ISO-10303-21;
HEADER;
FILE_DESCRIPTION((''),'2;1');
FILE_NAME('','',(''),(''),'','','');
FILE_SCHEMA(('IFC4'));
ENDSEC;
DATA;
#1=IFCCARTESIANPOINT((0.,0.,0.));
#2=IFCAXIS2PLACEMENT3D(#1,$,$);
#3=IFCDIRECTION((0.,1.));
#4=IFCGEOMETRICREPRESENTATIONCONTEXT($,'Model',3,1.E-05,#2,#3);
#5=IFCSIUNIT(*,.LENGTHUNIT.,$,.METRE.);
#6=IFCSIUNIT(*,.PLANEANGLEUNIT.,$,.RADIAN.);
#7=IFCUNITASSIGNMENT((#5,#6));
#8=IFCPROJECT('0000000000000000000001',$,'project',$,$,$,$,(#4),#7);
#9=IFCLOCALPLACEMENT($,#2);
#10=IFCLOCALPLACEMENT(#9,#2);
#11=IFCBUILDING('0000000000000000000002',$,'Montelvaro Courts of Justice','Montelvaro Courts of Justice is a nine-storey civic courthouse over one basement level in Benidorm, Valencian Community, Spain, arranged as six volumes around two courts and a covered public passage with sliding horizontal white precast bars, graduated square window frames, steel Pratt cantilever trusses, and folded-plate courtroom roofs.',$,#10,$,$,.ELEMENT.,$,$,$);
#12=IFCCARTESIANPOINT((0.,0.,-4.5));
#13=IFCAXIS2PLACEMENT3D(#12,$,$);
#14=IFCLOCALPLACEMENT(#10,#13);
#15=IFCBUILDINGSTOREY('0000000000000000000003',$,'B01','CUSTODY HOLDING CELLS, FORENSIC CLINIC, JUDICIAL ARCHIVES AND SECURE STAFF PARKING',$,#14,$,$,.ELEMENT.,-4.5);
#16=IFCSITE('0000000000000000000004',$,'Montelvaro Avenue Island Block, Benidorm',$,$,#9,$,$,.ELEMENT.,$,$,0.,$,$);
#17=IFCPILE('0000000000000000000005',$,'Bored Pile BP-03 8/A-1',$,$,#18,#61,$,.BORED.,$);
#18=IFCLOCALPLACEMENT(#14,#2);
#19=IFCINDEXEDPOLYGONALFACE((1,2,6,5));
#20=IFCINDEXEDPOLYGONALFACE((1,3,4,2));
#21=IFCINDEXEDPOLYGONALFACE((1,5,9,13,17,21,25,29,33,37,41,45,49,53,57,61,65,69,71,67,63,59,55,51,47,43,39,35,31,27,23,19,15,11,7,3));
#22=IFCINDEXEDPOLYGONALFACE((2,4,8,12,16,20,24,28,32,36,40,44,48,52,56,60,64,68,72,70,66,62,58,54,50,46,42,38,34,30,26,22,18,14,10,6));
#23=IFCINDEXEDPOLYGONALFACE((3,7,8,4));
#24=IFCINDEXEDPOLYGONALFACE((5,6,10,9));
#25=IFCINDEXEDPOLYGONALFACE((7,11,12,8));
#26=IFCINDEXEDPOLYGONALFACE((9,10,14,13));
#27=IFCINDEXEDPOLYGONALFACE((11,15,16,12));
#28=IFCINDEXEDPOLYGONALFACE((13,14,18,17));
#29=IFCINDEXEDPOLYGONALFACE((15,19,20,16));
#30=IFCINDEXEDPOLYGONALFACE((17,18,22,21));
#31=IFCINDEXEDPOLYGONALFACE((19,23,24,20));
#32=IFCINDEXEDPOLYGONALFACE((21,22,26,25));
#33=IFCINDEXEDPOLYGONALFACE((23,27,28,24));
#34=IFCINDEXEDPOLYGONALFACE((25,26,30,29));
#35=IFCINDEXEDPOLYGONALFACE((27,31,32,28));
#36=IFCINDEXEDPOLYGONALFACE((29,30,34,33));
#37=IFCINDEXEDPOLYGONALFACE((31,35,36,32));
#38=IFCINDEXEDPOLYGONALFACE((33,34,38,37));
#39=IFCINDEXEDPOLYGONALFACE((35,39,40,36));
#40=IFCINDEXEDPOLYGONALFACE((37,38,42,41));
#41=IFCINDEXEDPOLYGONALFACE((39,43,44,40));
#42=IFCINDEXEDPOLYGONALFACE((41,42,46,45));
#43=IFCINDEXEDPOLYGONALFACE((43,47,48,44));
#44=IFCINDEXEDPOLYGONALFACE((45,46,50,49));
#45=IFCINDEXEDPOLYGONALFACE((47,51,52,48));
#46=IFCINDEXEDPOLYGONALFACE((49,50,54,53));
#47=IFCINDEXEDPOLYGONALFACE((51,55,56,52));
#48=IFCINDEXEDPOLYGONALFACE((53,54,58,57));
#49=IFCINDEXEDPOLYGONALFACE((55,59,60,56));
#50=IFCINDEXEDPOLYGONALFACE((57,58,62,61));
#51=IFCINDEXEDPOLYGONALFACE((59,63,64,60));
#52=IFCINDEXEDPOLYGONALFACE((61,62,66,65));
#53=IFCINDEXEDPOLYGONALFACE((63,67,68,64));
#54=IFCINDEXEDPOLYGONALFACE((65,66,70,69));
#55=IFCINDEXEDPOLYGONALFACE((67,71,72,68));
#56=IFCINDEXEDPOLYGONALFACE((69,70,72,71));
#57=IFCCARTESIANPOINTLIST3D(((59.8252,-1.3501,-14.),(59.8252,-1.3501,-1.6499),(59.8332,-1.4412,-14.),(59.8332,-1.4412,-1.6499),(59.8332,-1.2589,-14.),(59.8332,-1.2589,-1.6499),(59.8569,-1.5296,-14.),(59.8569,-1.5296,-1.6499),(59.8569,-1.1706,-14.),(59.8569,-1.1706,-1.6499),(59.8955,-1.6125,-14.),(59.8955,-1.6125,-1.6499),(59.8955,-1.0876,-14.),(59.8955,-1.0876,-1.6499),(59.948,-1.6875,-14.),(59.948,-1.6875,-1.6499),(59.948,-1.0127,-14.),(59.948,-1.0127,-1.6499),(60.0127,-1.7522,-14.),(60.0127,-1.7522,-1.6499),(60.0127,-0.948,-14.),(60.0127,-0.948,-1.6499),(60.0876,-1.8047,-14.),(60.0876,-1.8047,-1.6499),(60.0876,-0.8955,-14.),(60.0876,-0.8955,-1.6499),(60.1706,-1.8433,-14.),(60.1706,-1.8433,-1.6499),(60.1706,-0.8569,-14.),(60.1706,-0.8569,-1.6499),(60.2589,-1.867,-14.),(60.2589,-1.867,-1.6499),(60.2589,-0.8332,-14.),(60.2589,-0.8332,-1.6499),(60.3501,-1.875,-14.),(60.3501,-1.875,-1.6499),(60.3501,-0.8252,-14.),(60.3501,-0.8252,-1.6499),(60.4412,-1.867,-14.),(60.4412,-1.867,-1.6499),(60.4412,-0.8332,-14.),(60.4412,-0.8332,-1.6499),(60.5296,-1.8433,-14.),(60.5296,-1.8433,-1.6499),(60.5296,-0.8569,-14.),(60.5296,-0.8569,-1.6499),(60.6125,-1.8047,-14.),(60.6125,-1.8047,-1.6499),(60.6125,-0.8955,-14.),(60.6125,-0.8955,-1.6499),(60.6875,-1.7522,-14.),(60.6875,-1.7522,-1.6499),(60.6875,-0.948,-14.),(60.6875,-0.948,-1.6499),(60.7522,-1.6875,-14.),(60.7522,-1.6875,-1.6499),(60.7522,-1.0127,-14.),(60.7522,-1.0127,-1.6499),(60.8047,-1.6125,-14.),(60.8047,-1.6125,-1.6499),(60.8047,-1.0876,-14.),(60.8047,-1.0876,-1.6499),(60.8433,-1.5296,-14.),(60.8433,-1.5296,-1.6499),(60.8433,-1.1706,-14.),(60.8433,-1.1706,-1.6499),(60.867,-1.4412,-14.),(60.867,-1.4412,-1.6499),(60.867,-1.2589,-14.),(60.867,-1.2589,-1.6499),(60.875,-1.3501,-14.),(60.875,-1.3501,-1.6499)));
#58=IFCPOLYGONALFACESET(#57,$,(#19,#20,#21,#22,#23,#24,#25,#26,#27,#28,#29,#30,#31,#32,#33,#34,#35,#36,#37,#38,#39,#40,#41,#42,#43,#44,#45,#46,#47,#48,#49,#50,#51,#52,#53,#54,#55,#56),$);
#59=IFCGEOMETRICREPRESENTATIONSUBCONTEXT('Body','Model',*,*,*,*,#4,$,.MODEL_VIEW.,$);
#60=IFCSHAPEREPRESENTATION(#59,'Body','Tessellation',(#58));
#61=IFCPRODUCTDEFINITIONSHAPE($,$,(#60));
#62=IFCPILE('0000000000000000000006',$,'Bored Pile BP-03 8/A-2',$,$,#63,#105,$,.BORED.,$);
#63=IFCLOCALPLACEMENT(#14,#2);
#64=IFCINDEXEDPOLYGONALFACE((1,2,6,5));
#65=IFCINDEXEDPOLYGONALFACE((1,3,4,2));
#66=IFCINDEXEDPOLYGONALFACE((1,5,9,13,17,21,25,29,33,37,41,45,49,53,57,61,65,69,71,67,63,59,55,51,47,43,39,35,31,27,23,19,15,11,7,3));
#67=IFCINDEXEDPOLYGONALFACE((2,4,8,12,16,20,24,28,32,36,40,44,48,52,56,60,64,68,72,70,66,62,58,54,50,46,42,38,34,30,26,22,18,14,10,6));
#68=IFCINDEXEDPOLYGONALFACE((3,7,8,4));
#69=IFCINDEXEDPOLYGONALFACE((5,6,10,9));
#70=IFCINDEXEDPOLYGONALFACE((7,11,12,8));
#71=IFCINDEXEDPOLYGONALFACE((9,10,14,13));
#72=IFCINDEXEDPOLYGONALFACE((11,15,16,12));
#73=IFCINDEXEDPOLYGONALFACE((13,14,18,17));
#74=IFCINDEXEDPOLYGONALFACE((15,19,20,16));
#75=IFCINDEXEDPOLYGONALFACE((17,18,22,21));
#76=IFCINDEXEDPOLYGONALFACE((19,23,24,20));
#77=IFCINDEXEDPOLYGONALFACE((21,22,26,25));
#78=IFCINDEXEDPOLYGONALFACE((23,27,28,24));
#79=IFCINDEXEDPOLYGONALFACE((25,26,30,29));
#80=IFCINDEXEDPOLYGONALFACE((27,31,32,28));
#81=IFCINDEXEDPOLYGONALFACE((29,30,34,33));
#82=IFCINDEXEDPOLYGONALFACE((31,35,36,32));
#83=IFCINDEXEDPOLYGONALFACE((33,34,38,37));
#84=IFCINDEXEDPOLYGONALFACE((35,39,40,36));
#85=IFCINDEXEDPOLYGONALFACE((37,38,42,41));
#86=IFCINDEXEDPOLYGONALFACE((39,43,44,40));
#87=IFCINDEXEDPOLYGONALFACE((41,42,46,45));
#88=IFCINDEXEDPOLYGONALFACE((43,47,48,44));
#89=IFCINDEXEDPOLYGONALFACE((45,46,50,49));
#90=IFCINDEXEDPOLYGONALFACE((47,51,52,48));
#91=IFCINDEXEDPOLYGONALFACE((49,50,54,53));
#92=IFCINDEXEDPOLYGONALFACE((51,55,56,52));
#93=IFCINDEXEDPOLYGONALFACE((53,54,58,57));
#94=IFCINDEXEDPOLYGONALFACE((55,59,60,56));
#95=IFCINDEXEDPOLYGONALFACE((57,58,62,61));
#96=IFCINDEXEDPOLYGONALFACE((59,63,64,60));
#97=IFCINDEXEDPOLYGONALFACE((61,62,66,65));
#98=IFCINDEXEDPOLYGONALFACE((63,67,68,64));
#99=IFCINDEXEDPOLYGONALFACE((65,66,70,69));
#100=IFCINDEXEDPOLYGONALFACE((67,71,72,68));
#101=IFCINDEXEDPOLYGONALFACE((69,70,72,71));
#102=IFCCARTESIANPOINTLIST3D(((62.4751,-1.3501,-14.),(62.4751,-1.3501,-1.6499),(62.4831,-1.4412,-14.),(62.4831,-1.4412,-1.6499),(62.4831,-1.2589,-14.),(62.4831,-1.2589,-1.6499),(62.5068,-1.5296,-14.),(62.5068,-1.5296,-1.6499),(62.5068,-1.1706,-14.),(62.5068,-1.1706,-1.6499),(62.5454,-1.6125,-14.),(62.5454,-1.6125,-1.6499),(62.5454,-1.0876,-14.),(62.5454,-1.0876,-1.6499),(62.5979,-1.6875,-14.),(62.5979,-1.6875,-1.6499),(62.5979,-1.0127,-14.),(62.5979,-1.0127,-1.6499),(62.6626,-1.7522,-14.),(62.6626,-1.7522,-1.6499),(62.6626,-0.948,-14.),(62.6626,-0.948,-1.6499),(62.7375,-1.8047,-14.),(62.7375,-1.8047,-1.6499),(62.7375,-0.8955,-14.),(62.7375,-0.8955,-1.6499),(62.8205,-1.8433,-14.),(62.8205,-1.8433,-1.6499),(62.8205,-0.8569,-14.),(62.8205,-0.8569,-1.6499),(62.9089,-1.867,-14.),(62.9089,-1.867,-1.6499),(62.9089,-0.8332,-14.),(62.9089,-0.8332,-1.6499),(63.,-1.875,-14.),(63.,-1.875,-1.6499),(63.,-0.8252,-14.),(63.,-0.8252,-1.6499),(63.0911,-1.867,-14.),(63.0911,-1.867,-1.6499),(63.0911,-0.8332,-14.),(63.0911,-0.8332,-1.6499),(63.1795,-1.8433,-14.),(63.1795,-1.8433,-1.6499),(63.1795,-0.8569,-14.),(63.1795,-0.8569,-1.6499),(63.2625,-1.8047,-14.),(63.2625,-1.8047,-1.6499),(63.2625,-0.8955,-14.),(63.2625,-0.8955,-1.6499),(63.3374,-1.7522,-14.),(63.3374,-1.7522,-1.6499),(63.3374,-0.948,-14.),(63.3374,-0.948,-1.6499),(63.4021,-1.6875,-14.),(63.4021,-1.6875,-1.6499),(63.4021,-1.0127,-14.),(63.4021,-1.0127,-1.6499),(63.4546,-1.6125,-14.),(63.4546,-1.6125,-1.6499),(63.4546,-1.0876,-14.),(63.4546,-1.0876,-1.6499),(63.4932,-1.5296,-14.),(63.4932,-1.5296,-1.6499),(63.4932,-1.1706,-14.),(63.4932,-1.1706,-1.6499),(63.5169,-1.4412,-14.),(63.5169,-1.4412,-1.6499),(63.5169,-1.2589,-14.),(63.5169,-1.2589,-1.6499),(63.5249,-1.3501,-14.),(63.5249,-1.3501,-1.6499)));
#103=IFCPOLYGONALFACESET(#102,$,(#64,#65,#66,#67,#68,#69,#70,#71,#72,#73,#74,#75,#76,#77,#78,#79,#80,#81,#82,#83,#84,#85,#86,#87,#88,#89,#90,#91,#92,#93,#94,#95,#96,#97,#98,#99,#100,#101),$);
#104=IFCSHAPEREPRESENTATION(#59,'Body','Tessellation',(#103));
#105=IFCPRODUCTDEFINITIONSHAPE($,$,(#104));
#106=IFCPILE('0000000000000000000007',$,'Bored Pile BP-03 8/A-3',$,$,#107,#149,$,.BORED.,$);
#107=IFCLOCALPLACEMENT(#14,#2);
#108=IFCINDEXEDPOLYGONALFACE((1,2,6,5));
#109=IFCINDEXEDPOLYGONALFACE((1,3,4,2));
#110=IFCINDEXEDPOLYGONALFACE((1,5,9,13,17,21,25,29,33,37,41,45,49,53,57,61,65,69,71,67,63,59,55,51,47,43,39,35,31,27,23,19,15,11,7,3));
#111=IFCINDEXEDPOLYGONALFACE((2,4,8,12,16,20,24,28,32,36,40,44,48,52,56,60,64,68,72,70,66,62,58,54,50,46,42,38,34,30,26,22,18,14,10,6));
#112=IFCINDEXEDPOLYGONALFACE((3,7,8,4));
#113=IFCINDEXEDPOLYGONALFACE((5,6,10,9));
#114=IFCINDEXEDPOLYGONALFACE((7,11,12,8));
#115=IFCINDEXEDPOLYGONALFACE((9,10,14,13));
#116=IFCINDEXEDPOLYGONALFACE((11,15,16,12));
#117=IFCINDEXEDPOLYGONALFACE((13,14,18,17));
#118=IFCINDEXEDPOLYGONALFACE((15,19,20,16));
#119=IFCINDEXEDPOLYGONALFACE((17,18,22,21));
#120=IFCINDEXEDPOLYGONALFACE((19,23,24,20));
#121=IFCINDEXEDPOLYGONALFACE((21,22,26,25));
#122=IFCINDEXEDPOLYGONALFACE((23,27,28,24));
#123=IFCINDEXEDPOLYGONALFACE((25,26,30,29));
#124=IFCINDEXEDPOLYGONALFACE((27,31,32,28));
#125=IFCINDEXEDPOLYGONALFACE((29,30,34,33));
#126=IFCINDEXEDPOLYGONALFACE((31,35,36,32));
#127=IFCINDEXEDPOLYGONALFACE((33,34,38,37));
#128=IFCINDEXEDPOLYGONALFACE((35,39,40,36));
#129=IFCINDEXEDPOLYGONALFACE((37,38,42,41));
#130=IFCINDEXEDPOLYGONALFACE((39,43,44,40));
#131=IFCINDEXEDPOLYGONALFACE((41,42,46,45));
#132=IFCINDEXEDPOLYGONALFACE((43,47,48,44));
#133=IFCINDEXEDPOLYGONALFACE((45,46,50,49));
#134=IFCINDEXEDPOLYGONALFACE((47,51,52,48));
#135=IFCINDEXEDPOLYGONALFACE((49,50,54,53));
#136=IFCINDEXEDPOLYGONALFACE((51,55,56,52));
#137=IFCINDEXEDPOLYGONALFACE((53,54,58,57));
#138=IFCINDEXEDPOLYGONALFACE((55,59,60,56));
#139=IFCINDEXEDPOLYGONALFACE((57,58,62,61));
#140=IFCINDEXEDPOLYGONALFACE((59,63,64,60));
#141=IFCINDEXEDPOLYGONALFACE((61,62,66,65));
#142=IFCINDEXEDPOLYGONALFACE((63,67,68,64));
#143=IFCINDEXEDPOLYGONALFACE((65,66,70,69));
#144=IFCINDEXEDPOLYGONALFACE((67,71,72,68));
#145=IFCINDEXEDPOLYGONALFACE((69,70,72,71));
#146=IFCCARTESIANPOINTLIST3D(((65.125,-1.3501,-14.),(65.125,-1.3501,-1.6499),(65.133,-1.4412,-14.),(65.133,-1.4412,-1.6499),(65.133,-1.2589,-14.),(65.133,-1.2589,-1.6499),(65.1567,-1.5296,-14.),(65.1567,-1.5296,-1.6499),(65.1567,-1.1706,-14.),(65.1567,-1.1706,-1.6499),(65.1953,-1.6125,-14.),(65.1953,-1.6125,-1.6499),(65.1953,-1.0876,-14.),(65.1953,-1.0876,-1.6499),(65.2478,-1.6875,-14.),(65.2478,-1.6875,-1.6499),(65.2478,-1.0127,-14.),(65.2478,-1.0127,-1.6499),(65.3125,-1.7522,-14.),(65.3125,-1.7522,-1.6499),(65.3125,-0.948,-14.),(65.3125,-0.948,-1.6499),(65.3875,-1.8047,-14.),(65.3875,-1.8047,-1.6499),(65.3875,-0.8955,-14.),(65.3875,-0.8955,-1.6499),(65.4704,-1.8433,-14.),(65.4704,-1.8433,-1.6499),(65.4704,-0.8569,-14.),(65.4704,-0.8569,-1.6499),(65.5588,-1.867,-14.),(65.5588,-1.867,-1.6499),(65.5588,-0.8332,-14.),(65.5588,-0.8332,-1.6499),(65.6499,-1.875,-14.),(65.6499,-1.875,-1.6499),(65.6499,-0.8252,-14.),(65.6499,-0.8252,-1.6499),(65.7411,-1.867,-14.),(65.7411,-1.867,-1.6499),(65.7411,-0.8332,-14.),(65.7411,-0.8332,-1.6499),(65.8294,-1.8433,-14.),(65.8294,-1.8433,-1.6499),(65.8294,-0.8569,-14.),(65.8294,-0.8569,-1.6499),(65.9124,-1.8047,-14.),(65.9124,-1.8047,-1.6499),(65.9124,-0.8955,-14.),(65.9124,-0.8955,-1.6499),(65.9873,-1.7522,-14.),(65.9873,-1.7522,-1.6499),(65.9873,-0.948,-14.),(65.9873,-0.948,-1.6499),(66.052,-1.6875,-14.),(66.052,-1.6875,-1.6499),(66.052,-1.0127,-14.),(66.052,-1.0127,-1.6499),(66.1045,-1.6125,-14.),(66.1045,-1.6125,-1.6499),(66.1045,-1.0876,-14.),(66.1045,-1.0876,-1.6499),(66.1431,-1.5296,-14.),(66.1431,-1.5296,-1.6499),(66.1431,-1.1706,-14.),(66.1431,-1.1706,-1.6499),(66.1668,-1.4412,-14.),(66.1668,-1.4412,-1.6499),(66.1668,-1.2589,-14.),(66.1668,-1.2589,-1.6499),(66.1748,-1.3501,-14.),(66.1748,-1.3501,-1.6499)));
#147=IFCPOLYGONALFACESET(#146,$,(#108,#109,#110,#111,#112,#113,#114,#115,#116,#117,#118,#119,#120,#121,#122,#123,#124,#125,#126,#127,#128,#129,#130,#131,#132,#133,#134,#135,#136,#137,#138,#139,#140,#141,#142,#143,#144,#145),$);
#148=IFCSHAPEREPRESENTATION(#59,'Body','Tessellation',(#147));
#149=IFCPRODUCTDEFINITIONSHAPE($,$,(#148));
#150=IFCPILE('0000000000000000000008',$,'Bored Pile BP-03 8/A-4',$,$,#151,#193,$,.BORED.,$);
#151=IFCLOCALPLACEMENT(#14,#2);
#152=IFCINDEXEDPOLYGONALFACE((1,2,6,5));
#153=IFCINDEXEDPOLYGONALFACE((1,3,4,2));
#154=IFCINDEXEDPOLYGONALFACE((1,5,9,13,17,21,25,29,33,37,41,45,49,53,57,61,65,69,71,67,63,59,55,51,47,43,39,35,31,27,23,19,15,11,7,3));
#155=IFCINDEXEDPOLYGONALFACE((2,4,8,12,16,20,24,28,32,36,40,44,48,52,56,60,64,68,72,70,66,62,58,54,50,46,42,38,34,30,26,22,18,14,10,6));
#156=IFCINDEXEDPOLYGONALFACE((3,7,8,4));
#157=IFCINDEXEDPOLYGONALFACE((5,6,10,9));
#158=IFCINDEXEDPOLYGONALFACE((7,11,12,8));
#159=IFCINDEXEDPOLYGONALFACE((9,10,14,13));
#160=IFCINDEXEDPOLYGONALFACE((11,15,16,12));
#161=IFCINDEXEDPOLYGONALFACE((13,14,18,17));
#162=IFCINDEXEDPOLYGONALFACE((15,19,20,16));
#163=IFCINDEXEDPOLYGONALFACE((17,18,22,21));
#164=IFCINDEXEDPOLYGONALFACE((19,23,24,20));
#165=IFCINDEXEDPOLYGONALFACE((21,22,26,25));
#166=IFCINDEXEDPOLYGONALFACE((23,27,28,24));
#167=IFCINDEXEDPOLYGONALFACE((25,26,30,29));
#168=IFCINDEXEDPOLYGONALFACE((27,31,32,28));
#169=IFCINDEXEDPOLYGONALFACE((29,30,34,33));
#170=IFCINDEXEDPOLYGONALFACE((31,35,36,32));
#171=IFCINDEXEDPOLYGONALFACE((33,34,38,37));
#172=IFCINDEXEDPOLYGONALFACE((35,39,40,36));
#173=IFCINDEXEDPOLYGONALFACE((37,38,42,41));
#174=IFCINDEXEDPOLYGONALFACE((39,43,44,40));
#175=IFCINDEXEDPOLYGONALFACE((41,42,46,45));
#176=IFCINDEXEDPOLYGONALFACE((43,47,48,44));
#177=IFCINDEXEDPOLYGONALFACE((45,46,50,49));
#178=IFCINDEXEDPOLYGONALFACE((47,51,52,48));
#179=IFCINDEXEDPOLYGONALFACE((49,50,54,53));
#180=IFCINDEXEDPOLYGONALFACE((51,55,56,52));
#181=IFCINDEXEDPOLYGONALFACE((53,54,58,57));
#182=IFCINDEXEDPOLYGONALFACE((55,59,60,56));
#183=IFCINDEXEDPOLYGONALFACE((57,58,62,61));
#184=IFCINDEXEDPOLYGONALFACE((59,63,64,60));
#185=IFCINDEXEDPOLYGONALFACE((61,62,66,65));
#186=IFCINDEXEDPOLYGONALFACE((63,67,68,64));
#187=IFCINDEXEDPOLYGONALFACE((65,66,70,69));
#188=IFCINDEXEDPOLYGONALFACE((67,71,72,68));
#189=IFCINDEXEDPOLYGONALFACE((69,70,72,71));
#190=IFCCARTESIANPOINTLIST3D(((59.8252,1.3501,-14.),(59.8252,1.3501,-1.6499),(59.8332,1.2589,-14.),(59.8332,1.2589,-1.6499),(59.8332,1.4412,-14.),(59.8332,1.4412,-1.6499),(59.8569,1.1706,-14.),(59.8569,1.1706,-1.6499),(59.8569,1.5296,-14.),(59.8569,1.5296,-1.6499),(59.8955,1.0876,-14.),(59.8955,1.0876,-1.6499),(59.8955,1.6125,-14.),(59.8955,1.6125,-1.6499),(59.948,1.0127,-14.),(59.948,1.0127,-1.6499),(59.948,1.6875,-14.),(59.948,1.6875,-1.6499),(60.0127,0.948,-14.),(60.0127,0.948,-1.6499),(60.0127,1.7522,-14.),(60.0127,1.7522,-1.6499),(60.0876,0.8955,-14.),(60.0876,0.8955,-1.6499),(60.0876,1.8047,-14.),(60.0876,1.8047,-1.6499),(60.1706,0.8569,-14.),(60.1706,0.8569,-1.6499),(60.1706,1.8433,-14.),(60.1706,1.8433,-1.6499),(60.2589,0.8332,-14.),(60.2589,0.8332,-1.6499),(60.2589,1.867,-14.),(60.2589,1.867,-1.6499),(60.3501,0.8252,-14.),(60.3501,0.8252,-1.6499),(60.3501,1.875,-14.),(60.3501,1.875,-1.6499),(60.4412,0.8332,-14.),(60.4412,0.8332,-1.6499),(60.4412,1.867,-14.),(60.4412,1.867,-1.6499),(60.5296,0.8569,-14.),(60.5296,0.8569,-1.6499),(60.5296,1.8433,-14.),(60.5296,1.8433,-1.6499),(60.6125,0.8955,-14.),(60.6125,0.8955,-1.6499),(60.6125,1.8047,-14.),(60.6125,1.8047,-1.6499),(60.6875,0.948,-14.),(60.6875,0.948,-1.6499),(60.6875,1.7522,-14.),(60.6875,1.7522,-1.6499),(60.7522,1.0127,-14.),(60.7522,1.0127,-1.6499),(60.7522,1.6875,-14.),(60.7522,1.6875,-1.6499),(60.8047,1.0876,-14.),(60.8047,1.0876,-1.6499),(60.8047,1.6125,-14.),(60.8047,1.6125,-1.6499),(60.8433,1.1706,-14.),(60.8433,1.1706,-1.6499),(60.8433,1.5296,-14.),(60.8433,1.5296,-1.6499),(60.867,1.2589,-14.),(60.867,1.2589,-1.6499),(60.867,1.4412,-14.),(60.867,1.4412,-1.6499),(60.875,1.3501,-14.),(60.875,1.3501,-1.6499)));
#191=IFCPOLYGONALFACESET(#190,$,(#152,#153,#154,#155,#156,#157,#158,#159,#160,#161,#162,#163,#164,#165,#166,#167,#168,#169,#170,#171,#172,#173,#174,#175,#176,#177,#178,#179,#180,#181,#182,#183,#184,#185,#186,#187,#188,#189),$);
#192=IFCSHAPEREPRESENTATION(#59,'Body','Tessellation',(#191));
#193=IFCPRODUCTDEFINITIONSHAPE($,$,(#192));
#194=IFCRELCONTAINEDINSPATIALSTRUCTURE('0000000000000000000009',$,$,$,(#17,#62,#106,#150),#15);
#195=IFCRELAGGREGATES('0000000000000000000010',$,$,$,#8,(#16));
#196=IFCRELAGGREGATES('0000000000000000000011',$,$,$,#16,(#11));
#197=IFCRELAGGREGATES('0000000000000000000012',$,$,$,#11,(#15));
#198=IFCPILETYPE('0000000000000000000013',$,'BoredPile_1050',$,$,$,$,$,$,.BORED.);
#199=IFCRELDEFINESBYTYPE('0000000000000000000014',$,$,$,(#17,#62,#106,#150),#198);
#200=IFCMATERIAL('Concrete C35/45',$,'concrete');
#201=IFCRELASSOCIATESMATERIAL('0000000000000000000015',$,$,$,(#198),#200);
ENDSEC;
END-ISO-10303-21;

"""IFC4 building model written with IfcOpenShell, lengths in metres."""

from ifc_helpers import new_model, si_unit, direction, frame, origin, origin_2d, place, context, subcontext, project, spatial, circle, extrude, material, material_profile, profile_set, type_object, element, save


model = new_model("IFC4")

# Units and contexts
model_context = context("Model", 3, precision=1e-05, world=origin(), true_north=direction((0.0, 1.0)))
body_context = subcontext(model_context, "Body", "Model", "MODEL_VIEW")
ifc_project = project(units=[si_unit("LENGTHUNIT", "METRE"), si_unit("PLANEANGLEUNIT", "RADIAN")], contexts=[model_context])

# Site, building, storey
site_placement = place(None, origin())
site = spatial("IfcSite", under=ifc_project, at=site_placement, Name="Montelvaro Avenue Island Block, Benidorm", CompositionType="ELEMENT", RefElevation=0.0)
building_placement = place(site_placement, origin())
building = spatial("IfcBuilding", under=site, at=building_placement, Name="Montelvaro Courts of Justice", Description="Montelvaro Courts of Justice is a nine-storey civic courthouse over one basement level in Benidorm, Valencian Community, Spain, arranged as six volumes around two courts and a covered public passage with sliding horizontal white precast bars, graduated square window frames, steel Pratt cantilever trusses, and folded-plate courtroom roofs.", CompositionType="ELEMENT")
storey_placement = place(building_placement, frame((0.0, 0.0, -4.5)))
storey = spatial("IfcBuildingStorey", under=building, at=storey_placement, Name="B01", Description="CUSTODY HOLDING CELLS, FORENSIC CLINIC, JUDICIAL ARCHIVES AND SECURE STAFF PARKING", CompositionType="ELEMENT", Elevation=-4.5)

# Piles
ifc_material_1 = material(Name="Concrete C35/45", Category="concrete")
ifc_material_profile_1 = material_profile(ifc_material_1, circle(Radius=0.5249, at=origin_2d()), Name="BORED PILE D1050")
ifc_profile_set_1 = profile_set([ifc_material_profile_1], Name="Concrete C35/45")
pile_type_1 = type_object("IfcPileType", Name="BoredPile_1050", PredefinedType="BORED", material=ifc_profile_set_1)
for number, where, z_axis, x_axis, name in (
    (1, (60.3501, -1.3501, -1.6499), (0.0, 0.0, -1.0), (1.0, 0.0, 0.0), "Bored Pile BP-03 8/A-1"),
    (2, (63.0, -1.3501, -1.6499), (0.0, 0.0, -1.0), (1.0, 0.0, 0.0), "Bored Pile BP-03 8/A-2"),
    (3, (65.6499, -1.3501, -1.6499), (0.0, 0.0, -1.0), (1.0, 0.0, 0.0), "Bored Pile BP-03 8/A-3"),
    (4, (60.3501, 1.3501, -1.6499), (0.0, 0.0, -1.0), (1.0, 0.0, 0.0), "Bored Pile BP-03 8/A-4"),
):
    element("IfcPile", number, at=place(storey_placement, frame(where, z_axis=z_axis, x_axis=x_axis)), inside=storey, type_object=pile_type_1, Name=name, PredefinedType="BORED", context=body_context, shape_type="SweptSolid", body=[
        extrude(circle(Radius=0.5249, at=origin_2d()), origin(), (0.0, 0.0, 1.0), 12.3501),
    ])

save(model, "model.ifc")
